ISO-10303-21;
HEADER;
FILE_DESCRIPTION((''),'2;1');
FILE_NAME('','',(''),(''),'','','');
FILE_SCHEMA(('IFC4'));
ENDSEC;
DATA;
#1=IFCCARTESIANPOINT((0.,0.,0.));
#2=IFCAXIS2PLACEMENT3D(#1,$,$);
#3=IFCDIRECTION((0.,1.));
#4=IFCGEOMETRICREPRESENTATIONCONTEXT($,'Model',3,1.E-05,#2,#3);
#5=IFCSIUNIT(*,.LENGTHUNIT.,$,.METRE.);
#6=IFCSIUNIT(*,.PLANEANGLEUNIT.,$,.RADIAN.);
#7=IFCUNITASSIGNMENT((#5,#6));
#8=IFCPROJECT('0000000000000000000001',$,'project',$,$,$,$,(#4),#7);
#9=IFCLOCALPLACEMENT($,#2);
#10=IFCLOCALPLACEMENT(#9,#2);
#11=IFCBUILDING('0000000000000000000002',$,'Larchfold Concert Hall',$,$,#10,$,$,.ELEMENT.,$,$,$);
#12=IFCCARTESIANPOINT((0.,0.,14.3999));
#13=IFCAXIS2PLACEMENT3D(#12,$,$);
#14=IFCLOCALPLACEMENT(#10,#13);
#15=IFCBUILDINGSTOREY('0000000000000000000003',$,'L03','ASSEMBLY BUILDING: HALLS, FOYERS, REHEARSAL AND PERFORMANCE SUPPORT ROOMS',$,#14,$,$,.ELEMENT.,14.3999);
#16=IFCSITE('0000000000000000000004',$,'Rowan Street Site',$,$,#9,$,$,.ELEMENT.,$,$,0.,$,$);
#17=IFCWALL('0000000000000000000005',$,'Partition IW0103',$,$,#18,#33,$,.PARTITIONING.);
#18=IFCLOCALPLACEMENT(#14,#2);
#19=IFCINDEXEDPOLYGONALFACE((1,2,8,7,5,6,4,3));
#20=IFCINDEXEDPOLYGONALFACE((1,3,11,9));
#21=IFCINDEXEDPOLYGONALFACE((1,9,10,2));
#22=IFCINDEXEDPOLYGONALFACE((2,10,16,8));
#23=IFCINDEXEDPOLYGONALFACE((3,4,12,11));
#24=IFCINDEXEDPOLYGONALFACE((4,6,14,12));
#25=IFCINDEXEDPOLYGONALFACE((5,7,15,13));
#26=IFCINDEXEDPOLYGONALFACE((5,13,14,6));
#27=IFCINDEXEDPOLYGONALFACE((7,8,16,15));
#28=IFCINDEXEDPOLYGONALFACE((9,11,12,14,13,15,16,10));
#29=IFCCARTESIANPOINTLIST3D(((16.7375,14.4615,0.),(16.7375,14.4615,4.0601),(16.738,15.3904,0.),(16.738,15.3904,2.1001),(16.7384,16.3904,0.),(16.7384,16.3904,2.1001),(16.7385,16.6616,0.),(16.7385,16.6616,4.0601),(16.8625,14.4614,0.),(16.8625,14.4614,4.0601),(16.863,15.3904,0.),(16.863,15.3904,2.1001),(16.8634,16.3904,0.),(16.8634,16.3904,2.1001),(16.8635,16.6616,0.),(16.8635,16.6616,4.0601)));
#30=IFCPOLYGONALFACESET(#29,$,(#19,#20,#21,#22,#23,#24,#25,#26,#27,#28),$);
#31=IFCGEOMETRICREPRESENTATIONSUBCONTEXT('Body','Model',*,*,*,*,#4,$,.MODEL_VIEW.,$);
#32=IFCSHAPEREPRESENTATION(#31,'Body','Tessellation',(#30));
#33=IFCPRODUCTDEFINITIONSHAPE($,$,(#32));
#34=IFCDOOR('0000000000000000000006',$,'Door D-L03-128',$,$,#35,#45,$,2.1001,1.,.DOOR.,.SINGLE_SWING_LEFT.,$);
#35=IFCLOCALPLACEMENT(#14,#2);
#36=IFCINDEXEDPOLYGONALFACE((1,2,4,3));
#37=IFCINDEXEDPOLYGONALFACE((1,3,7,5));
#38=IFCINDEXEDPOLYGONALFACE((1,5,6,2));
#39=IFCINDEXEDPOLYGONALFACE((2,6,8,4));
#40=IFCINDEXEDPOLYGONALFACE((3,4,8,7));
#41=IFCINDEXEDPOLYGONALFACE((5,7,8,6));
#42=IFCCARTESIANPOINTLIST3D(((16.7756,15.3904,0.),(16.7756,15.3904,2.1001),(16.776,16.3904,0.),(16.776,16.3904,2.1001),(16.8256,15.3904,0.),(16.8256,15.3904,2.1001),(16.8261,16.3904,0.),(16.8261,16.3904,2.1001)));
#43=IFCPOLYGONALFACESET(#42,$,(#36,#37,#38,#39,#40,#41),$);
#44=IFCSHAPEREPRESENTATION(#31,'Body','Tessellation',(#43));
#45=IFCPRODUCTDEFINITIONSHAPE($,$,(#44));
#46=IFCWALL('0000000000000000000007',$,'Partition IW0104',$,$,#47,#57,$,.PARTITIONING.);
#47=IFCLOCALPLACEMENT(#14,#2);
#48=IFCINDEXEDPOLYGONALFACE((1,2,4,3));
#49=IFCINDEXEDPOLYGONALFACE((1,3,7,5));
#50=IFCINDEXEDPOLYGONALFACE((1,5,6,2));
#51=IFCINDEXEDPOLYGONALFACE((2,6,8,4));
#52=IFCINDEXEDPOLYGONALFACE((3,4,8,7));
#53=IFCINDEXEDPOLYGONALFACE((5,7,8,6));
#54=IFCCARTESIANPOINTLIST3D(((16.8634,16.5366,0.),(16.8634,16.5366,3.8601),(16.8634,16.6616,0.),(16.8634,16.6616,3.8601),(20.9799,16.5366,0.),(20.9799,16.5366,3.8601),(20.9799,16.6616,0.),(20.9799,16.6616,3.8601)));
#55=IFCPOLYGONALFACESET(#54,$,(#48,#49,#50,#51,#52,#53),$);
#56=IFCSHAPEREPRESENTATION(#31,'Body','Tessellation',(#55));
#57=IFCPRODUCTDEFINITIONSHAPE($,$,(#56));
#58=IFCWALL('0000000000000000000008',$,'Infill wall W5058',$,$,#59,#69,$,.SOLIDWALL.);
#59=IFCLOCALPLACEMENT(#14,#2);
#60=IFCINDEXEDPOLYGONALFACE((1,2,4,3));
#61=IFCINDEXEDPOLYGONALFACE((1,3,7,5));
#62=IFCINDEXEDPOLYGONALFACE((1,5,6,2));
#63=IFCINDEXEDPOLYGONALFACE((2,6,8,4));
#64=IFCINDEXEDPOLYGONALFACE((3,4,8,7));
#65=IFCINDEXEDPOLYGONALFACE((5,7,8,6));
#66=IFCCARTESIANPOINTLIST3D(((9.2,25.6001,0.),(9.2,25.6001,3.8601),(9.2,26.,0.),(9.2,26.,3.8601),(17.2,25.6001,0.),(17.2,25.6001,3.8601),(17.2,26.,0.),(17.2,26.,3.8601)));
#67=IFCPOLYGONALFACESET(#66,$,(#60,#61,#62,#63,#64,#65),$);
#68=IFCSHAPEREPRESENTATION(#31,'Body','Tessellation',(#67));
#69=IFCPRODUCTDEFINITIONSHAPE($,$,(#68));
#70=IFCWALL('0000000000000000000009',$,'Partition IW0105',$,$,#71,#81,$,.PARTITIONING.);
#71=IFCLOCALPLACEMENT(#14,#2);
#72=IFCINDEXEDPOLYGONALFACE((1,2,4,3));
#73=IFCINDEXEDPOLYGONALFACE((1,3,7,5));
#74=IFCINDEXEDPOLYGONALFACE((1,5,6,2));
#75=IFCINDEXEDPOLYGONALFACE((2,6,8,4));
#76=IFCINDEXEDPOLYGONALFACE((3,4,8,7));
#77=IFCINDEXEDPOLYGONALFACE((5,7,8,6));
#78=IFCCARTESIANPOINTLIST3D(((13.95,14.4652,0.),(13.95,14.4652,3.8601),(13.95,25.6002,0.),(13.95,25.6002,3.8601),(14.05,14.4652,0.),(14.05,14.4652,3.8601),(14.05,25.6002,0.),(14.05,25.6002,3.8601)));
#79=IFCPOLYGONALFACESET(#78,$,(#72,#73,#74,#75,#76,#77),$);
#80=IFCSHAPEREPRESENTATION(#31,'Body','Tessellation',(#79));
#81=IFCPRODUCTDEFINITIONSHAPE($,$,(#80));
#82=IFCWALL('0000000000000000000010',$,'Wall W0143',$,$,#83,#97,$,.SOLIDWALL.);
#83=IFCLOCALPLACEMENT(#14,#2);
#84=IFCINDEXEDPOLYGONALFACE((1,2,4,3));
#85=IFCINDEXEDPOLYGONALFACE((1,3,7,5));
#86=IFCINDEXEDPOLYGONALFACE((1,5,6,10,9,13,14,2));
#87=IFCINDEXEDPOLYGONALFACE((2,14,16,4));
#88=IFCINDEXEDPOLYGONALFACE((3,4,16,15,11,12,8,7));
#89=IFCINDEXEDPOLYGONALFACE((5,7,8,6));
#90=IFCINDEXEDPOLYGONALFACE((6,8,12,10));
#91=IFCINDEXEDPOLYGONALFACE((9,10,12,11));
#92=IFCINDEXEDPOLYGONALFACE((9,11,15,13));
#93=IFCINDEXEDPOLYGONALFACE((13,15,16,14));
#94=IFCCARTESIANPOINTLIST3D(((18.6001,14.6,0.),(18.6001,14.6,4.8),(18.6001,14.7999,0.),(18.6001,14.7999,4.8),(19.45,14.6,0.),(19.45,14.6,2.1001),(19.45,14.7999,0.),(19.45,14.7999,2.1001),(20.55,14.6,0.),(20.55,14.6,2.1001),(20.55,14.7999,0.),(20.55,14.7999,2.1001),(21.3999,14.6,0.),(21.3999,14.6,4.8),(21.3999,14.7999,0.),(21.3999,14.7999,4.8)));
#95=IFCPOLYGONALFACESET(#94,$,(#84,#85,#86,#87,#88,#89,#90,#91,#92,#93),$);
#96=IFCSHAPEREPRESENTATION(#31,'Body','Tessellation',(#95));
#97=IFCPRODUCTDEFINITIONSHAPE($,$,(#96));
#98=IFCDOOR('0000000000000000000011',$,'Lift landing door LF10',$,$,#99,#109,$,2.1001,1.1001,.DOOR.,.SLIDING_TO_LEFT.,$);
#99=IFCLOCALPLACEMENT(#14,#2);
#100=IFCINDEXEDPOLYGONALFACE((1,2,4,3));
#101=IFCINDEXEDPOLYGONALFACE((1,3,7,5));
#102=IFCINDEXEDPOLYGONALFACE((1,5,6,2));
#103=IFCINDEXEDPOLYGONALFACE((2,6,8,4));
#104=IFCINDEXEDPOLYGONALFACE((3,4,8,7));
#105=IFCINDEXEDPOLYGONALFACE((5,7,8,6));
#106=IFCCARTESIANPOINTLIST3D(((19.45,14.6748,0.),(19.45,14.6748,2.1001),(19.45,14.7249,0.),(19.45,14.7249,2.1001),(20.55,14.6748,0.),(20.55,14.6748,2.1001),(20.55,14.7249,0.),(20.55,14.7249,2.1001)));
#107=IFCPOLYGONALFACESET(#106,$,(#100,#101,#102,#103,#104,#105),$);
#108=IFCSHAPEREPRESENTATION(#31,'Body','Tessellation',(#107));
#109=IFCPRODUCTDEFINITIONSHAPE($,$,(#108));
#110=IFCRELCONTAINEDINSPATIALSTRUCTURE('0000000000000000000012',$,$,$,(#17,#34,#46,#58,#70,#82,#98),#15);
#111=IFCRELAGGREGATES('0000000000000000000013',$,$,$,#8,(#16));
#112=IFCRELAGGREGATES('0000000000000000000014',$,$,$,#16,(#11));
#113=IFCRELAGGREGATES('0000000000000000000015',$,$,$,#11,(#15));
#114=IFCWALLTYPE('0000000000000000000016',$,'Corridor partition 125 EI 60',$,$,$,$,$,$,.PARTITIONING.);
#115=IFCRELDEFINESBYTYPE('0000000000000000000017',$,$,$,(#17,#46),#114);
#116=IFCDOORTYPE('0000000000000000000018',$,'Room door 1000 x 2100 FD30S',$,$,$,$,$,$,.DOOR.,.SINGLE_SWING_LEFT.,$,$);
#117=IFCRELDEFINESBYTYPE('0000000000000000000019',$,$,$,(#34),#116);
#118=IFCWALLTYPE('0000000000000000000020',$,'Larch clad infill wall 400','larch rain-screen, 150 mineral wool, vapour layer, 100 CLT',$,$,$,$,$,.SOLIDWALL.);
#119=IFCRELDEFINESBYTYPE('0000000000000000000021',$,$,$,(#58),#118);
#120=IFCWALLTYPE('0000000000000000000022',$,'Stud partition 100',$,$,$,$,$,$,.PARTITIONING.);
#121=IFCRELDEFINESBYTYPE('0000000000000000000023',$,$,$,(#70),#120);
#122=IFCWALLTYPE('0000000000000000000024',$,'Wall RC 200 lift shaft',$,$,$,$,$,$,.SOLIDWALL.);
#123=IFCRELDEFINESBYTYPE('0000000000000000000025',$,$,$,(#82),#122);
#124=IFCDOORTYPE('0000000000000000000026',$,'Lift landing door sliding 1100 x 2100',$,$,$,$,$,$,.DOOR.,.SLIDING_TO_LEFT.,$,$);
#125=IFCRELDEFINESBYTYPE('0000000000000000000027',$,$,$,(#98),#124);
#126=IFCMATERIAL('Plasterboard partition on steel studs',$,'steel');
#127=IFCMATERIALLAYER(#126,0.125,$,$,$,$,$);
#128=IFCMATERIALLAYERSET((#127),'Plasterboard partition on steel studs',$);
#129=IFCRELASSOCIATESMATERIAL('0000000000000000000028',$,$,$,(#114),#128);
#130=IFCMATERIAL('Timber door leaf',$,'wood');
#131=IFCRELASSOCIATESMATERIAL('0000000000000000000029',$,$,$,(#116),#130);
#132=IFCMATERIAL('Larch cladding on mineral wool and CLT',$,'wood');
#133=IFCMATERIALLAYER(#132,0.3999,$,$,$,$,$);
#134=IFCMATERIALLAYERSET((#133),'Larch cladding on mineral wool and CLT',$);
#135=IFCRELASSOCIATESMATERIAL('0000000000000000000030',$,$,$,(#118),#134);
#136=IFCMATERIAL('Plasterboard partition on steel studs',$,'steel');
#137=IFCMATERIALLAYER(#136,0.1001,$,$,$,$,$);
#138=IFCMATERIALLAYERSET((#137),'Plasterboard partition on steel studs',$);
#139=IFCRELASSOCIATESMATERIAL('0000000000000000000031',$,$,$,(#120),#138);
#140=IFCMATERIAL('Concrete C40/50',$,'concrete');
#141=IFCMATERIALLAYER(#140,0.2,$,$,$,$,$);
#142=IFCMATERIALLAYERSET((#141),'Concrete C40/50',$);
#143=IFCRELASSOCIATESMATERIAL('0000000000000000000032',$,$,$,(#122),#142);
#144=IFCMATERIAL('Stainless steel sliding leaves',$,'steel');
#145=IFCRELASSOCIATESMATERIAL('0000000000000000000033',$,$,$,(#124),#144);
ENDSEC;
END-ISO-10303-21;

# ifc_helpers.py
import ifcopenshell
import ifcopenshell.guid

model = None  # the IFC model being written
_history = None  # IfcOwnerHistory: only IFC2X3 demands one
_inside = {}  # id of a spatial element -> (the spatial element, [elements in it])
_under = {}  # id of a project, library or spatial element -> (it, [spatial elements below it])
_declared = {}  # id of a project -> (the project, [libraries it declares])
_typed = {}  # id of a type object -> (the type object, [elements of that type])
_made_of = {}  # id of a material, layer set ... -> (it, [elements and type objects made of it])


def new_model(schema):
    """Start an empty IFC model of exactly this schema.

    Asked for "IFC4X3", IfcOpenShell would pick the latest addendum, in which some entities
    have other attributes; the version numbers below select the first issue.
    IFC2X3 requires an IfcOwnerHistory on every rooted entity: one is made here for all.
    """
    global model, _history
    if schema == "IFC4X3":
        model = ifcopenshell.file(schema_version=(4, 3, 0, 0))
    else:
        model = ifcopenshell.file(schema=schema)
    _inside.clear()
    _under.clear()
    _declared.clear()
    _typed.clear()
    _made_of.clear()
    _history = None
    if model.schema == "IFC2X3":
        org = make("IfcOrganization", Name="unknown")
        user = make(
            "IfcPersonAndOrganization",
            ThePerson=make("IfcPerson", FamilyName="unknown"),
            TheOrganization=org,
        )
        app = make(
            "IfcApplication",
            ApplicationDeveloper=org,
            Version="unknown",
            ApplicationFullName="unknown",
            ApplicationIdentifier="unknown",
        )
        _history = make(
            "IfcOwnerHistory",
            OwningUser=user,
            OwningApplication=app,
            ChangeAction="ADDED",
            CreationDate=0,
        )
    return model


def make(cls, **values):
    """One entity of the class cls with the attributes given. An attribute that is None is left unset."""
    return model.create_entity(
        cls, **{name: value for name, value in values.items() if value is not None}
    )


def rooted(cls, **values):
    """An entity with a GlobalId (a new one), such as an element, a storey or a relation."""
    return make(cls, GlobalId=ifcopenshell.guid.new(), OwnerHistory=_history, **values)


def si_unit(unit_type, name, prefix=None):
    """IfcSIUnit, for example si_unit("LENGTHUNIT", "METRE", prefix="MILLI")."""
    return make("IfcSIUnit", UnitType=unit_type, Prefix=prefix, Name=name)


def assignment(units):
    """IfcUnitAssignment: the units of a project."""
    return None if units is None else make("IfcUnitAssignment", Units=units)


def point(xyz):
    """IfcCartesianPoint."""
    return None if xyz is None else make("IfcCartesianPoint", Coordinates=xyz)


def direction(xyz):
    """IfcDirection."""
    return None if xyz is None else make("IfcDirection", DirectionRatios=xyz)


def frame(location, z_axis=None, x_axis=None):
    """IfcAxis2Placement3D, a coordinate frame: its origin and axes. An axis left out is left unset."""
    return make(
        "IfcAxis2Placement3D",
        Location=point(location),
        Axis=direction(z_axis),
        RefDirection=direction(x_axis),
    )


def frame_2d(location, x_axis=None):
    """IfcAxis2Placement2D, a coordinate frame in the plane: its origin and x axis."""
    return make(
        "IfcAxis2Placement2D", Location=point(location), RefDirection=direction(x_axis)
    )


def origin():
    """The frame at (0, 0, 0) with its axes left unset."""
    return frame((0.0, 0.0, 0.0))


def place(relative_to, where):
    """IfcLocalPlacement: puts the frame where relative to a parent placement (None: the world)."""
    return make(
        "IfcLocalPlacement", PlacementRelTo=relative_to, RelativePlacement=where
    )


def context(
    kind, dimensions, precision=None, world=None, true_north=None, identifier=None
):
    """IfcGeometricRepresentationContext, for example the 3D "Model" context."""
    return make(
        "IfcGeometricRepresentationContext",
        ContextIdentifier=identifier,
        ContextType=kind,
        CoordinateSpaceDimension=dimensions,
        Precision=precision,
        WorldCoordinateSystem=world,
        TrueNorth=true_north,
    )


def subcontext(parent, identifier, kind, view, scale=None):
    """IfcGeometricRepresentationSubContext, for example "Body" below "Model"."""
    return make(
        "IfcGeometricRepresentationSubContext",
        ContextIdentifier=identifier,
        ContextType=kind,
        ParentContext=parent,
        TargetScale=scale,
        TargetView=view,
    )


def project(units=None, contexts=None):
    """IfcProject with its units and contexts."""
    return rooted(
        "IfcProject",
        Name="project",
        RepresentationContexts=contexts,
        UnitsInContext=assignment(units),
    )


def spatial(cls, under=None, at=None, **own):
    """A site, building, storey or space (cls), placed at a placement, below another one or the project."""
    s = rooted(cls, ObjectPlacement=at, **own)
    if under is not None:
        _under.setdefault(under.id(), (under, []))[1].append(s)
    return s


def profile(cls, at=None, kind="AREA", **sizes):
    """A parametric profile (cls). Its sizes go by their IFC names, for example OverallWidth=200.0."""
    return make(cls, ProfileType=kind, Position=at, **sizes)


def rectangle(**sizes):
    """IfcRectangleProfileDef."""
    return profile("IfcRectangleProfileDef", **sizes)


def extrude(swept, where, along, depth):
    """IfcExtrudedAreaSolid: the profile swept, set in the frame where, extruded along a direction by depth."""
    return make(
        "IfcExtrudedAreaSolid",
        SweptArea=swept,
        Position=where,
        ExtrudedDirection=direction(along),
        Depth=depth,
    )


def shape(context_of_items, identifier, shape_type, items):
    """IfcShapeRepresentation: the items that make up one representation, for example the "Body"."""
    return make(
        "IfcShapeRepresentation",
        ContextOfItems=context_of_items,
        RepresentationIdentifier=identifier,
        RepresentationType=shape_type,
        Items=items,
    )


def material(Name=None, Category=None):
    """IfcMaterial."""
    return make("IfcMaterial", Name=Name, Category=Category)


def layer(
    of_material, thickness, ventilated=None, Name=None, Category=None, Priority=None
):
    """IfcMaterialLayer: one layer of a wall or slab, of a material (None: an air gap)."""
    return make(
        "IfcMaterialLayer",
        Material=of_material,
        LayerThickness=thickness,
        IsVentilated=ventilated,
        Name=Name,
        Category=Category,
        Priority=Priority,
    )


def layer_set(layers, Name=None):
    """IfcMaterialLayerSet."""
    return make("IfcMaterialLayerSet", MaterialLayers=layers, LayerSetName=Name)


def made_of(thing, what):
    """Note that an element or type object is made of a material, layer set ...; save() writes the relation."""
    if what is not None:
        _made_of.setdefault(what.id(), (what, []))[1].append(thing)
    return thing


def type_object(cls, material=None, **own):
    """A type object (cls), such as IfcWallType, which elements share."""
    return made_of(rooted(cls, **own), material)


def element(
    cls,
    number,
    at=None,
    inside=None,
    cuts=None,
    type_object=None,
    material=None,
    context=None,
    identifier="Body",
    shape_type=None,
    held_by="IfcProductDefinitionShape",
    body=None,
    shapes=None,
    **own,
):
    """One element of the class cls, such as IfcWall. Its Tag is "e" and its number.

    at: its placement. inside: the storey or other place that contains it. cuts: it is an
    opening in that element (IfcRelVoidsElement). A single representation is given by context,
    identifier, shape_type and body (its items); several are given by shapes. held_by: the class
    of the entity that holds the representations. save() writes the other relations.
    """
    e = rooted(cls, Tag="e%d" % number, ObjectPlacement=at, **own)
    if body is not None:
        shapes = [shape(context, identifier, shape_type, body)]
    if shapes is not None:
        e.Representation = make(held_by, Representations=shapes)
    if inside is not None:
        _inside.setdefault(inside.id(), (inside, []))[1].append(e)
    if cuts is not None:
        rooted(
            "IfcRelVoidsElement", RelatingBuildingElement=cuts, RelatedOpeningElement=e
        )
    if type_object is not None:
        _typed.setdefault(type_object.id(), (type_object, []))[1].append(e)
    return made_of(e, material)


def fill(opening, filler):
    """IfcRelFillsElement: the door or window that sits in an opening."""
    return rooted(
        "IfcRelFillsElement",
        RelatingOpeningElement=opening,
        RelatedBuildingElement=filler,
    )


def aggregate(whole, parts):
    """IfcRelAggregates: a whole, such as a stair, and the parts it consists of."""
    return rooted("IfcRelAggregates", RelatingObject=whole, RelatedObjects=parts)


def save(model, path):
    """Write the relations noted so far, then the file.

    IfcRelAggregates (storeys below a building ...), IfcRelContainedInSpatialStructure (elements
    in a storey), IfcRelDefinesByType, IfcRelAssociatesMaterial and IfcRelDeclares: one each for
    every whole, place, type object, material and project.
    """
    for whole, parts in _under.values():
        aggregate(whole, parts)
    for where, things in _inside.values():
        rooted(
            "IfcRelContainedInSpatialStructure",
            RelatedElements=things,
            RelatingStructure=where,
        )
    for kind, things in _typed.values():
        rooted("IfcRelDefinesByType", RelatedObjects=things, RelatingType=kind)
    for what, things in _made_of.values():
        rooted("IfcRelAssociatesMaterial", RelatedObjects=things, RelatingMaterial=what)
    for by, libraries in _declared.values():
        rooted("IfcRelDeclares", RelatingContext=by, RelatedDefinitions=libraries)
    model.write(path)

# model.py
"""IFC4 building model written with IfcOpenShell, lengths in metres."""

from ifc_helpers import new_model, si_unit, direction, frame, frame_2d, origin, place, context, subcontext, project, spatial, rectangle, extrude, material, layer, layer_set, type_object, element, fill, save


model = new_model("IFC4")

# Units and contexts
model_context = context("Model", 3, precision=1e-05, world=origin(), true_north=direction((0.0, 1.0)))
body_context = subcontext(model_context, "Body", "Model", "MODEL_VIEW")
ifc_project = project(units=[si_unit("LENGTHUNIT", "METRE"), si_unit("PLANEANGLEUNIT", "RADIAN")], contexts=[model_context])

# Site, building, storey
site_placement = place(None, origin())
site = spatial("IfcSite", under=ifc_project, at=site_placement, Name="Rowan Street Site", CompositionType="ELEMENT", RefElevation=0.0)
building_placement = place(site_placement, origin())
building = spatial("IfcBuilding", under=site, at=building_placement, Name="Larchfold Concert Hall", CompositionType="ELEMENT")
storey_placement = place(building_placement, frame((0.0, 0.0, 14.3999)))
storey = spatial("IfcBuildingStorey", under=building, at=storey_placement, Name="L03", Description="ASSEMBLY BUILDING: HALLS, FOYERS, REHEARSAL AND PERFORMANCE SUPPORT ROOMS", CompositionType="ELEMENT", Elevation=14.3999)

# Shared definitions
ifc_material_1 = material(Name="Plasterboard partition on steel studs", Category="steel")
ifc_layer_1 = layer(ifc_material_1, 0.125)
ifc_layer_set_1 = layer_set([ifc_layer_1], Name="Plasterboard partition on steel studs")
wall_type_1 = type_object("IfcWallType", Name="Corridor partition 125 EI 60", PredefinedType="PARTITIONING", material=ifc_layer_set_1)

# Wall, opening, door
wall_1_placement = place(storey_placement, frame((16.8, 14.4614, 0.0), z_axis=(0.0, 0.0, 1.0), x_axis=(0.000444, 1.0, 0.0)))
wall_1 = element("IfcWall", 1, at=wall_1_placement, inside=storey, type_object=wall_type_1, Name="Partition IW0103", PredefinedType="PARTITIONING", context=body_context, shape_type="SweptSolid", body=[
    extrude(rectangle(XDim=2.2002, YDim=0.125, at=frame_2d((1.1001, 0.0))), origin(), (0.0, 0.0, 1.0), 4.0601),
])
opening_1_placement = place(wall_1_placement, frame((0.929, 0.0, 0.0)))
opening_1 = element("IfcOpeningElement", 2, at=opening_1_placement, cuts=wall_1, PredefinedType="OPENING", context=body_context, shape_type="SweptSolid", body=[
    extrude(rectangle(XDim=1.0, YDim=2.1001, at=frame_2d((0.5, 1.05))), frame((0.0, 0.0725, 0.0), z_axis=(0.0, -1.0, 0.0), x_axis=(1.0, 0.0, 0.0)), (0.0, 0.0, 1.0), 0.145),
])
ifc_material_2 = material(Name="Timber door leaf", Category="wood")
door_type_1 = type_object("IfcDoorType", Name="Room door 1000 x 2100 FD30S", OperationType="SINGLE_SWING_LEFT", PredefinedType="DOOR", material=ifc_material_2)
door_1_placement = place(opening_1_placement, origin())
door_1 = element("IfcDoor", 3, at=door_1_placement, inside=storey, type_object=door_type_1, Name="Door D-L03-128", OperationType="SINGLE_SWING_LEFT", OverallHeight=2.1001, OverallWidth=1.0, PredefinedType="DOOR", context=body_context, shape_type="SweptSolid", body=[
    extrude(rectangle(XDim=1.0, YDim=2.1001, at=frame_2d((0.5, 1.05))), frame((0.0, 0.0249, 0.0), z_axis=(0.0, -1.0, 0.0), x_axis=(1.0, 0.0, 0.0)), (0.0, 0.0, 1.0), 0.05),
])
fill(opening_1, door_1)

# Walls
wall_2_placement = place(storey_placement, frame((16.8635, 16.5991, 0.0), z_axis=(0.0, 0.0, 1.0), x_axis=(1.0, 0.0, 0.0)))
element("IfcWall", 4, at=wall_2_placement, inside=storey, type_object=wall_type_1, Name="Partition IW0104", PredefinedType="PARTITIONING", context=body_context, shape_type="SweptSolid", body=[
    extrude(rectangle(XDim=4.1165, YDim=0.125, at=frame_2d((2.0581, 0.0))), origin(), (0.0, 0.0, 1.0), 3.8601),
])
ifc_material_3 = material(Name="Larch cladding on mineral wool and CLT", Category="wood")
ifc_layer_2 = layer(ifc_material_3, 0.3999)
ifc_layer_set_2 = layer_set([ifc_layer_2], Name="Larch cladding on mineral wool and CLT")
wall_type_2 = type_object("IfcWallType", Name="Larch clad infill wall 400", Description="larch rain-screen, 150 mineral wool, vapour layer, 100 CLT", PredefinedType="SOLIDWALL", material=ifc_layer_set_2)
wall_3_placement = place(storey_placement, frame((17.2, 25.8, 0.0), z_axis=(0.0, 0.0, 1.0), x_axis=(-1.0, 0.0, 0.0)))
element("IfcWall", 5, at=wall_3_placement, inside=storey, type_object=wall_type_2, Name="Infill wall W5058", PredefinedType="SOLIDWALL", context=body_context, shape_type="SweptSolid", body=[
    extrude(rectangle(XDim=8.0, YDim=0.3999, at=frame_2d((4.0, 0.0))), origin(), (0.0, 0.0, 1.0), 3.8601),
])
ifc_material_4 = material(Name="Plasterboard partition on steel studs", Category="steel")
ifc_layer_3 = layer(ifc_material_4, 0.1001)
ifc_layer_set_3 = layer_set([ifc_layer_3], Name="Plasterboard partition on steel studs")
wall_type_3 = type_object("IfcWallType", Name="Stud partition 100", PredefinedType="PARTITIONING", material=ifc_layer_set_3)
wall_4_placement = place(storey_placement, frame((14.0, 25.6001, 0.0), z_axis=(0.0, 0.0, 1.0), x_axis=(0.0, -1.0, 0.0)))
element("IfcWall", 6, at=wall_4_placement, inside=storey, type_object=wall_type_3, Name="Partition IW0105", PredefinedType="PARTITIONING", context=body_context, shape_type="SweptSolid", body=[
    extrude(rectangle(XDim=11.135, YDim=0.1001, at=frame_2d((5.5674, 0.0))), origin(), (0.0, 0.0, 1.0), 3.8601),
])

# Wall, opening, door
ifc_material_5 = material(Name="Concrete C40/50", Category="concrete")
ifc_layer_4 = layer(ifc_material_5, 0.2)
ifc_layer_set_4 = layer_set([ifc_layer_4], Name="Concrete C40/50")
wall_type_4 = type_object("IfcWallType", Name="Wall RC 200 lift shaft", PredefinedType="SOLIDWALL", material=ifc_layer_set_4)
wall_5_placement = place(storey_placement, frame((18.6001, 14.7, 0.0), z_axis=(0.0, 0.0, 1.0), x_axis=(1.0, 0.0, 0.0)))
wall_5 = element("IfcWall", 7, at=wall_5_placement, inside=storey, type_object=wall_type_4, Name="Wall W0143", PredefinedType="SOLIDWALL", context=body_context, shape_type="SweptSolid", body=[
    extrude(rectangle(XDim=2.7998, YDim=0.2, at=frame_2d((1.3999, 0.0))), origin(), (0.0, 0.0, 1.0), 4.8),
])
opening_2_placement = place(wall_5_placement, frame((0.8499, 0.0, 0.0)))
opening_2 = element("IfcOpeningElement", 8, at=opening_2_placement, cuts=wall_5, PredefinedType="OPENING", context=body_context, shape_type="SweptSolid", body=[
    extrude(rectangle(XDim=1.1001, YDim=2.1001, at=frame_2d((0.55, 1.05))), frame((0.0, 0.1099, 0.0), z_axis=(0.0, -1.0, 0.0), x_axis=(1.0, 0.0, 0.0)), (0.0, 0.0, 1.0), 0.22),
])
ifc_material_6 = material(Name="Stainless steel sliding leaves", Category="steel")
door_type_2 = type_object("IfcDoorType", Name="Lift landing door sliding 1100 x 2100", OperationType="SLIDING_TO_LEFT", PredefinedType="DOOR", material=ifc_material_6)
door_2_placement = place(opening_2_placement, origin())
door_2 = element("IfcDoor", 9, at=door_2_placement, inside=storey, type_object=door_type_2, Name="Lift landing door LF10", OperationType="SLIDING_TO_LEFT", OverallHeight=2.1001, OverallWidth=1.1001, PredefinedType="DOOR", context=body_context, shape_type="SweptSolid", body=[
    extrude(rectangle(XDim=1.1001, YDim=2.1001, at=frame_2d((0.55, 1.05))), frame((0.0, 0.0249, 0.0), z_axis=(0.0, -1.0, 0.0), x_axis=(1.0, 0.0, 0.0)), (0.0, 0.0, 1.0), 0.05),
])
fill(opening_2, door_2)

save(model, "model.ifc")
